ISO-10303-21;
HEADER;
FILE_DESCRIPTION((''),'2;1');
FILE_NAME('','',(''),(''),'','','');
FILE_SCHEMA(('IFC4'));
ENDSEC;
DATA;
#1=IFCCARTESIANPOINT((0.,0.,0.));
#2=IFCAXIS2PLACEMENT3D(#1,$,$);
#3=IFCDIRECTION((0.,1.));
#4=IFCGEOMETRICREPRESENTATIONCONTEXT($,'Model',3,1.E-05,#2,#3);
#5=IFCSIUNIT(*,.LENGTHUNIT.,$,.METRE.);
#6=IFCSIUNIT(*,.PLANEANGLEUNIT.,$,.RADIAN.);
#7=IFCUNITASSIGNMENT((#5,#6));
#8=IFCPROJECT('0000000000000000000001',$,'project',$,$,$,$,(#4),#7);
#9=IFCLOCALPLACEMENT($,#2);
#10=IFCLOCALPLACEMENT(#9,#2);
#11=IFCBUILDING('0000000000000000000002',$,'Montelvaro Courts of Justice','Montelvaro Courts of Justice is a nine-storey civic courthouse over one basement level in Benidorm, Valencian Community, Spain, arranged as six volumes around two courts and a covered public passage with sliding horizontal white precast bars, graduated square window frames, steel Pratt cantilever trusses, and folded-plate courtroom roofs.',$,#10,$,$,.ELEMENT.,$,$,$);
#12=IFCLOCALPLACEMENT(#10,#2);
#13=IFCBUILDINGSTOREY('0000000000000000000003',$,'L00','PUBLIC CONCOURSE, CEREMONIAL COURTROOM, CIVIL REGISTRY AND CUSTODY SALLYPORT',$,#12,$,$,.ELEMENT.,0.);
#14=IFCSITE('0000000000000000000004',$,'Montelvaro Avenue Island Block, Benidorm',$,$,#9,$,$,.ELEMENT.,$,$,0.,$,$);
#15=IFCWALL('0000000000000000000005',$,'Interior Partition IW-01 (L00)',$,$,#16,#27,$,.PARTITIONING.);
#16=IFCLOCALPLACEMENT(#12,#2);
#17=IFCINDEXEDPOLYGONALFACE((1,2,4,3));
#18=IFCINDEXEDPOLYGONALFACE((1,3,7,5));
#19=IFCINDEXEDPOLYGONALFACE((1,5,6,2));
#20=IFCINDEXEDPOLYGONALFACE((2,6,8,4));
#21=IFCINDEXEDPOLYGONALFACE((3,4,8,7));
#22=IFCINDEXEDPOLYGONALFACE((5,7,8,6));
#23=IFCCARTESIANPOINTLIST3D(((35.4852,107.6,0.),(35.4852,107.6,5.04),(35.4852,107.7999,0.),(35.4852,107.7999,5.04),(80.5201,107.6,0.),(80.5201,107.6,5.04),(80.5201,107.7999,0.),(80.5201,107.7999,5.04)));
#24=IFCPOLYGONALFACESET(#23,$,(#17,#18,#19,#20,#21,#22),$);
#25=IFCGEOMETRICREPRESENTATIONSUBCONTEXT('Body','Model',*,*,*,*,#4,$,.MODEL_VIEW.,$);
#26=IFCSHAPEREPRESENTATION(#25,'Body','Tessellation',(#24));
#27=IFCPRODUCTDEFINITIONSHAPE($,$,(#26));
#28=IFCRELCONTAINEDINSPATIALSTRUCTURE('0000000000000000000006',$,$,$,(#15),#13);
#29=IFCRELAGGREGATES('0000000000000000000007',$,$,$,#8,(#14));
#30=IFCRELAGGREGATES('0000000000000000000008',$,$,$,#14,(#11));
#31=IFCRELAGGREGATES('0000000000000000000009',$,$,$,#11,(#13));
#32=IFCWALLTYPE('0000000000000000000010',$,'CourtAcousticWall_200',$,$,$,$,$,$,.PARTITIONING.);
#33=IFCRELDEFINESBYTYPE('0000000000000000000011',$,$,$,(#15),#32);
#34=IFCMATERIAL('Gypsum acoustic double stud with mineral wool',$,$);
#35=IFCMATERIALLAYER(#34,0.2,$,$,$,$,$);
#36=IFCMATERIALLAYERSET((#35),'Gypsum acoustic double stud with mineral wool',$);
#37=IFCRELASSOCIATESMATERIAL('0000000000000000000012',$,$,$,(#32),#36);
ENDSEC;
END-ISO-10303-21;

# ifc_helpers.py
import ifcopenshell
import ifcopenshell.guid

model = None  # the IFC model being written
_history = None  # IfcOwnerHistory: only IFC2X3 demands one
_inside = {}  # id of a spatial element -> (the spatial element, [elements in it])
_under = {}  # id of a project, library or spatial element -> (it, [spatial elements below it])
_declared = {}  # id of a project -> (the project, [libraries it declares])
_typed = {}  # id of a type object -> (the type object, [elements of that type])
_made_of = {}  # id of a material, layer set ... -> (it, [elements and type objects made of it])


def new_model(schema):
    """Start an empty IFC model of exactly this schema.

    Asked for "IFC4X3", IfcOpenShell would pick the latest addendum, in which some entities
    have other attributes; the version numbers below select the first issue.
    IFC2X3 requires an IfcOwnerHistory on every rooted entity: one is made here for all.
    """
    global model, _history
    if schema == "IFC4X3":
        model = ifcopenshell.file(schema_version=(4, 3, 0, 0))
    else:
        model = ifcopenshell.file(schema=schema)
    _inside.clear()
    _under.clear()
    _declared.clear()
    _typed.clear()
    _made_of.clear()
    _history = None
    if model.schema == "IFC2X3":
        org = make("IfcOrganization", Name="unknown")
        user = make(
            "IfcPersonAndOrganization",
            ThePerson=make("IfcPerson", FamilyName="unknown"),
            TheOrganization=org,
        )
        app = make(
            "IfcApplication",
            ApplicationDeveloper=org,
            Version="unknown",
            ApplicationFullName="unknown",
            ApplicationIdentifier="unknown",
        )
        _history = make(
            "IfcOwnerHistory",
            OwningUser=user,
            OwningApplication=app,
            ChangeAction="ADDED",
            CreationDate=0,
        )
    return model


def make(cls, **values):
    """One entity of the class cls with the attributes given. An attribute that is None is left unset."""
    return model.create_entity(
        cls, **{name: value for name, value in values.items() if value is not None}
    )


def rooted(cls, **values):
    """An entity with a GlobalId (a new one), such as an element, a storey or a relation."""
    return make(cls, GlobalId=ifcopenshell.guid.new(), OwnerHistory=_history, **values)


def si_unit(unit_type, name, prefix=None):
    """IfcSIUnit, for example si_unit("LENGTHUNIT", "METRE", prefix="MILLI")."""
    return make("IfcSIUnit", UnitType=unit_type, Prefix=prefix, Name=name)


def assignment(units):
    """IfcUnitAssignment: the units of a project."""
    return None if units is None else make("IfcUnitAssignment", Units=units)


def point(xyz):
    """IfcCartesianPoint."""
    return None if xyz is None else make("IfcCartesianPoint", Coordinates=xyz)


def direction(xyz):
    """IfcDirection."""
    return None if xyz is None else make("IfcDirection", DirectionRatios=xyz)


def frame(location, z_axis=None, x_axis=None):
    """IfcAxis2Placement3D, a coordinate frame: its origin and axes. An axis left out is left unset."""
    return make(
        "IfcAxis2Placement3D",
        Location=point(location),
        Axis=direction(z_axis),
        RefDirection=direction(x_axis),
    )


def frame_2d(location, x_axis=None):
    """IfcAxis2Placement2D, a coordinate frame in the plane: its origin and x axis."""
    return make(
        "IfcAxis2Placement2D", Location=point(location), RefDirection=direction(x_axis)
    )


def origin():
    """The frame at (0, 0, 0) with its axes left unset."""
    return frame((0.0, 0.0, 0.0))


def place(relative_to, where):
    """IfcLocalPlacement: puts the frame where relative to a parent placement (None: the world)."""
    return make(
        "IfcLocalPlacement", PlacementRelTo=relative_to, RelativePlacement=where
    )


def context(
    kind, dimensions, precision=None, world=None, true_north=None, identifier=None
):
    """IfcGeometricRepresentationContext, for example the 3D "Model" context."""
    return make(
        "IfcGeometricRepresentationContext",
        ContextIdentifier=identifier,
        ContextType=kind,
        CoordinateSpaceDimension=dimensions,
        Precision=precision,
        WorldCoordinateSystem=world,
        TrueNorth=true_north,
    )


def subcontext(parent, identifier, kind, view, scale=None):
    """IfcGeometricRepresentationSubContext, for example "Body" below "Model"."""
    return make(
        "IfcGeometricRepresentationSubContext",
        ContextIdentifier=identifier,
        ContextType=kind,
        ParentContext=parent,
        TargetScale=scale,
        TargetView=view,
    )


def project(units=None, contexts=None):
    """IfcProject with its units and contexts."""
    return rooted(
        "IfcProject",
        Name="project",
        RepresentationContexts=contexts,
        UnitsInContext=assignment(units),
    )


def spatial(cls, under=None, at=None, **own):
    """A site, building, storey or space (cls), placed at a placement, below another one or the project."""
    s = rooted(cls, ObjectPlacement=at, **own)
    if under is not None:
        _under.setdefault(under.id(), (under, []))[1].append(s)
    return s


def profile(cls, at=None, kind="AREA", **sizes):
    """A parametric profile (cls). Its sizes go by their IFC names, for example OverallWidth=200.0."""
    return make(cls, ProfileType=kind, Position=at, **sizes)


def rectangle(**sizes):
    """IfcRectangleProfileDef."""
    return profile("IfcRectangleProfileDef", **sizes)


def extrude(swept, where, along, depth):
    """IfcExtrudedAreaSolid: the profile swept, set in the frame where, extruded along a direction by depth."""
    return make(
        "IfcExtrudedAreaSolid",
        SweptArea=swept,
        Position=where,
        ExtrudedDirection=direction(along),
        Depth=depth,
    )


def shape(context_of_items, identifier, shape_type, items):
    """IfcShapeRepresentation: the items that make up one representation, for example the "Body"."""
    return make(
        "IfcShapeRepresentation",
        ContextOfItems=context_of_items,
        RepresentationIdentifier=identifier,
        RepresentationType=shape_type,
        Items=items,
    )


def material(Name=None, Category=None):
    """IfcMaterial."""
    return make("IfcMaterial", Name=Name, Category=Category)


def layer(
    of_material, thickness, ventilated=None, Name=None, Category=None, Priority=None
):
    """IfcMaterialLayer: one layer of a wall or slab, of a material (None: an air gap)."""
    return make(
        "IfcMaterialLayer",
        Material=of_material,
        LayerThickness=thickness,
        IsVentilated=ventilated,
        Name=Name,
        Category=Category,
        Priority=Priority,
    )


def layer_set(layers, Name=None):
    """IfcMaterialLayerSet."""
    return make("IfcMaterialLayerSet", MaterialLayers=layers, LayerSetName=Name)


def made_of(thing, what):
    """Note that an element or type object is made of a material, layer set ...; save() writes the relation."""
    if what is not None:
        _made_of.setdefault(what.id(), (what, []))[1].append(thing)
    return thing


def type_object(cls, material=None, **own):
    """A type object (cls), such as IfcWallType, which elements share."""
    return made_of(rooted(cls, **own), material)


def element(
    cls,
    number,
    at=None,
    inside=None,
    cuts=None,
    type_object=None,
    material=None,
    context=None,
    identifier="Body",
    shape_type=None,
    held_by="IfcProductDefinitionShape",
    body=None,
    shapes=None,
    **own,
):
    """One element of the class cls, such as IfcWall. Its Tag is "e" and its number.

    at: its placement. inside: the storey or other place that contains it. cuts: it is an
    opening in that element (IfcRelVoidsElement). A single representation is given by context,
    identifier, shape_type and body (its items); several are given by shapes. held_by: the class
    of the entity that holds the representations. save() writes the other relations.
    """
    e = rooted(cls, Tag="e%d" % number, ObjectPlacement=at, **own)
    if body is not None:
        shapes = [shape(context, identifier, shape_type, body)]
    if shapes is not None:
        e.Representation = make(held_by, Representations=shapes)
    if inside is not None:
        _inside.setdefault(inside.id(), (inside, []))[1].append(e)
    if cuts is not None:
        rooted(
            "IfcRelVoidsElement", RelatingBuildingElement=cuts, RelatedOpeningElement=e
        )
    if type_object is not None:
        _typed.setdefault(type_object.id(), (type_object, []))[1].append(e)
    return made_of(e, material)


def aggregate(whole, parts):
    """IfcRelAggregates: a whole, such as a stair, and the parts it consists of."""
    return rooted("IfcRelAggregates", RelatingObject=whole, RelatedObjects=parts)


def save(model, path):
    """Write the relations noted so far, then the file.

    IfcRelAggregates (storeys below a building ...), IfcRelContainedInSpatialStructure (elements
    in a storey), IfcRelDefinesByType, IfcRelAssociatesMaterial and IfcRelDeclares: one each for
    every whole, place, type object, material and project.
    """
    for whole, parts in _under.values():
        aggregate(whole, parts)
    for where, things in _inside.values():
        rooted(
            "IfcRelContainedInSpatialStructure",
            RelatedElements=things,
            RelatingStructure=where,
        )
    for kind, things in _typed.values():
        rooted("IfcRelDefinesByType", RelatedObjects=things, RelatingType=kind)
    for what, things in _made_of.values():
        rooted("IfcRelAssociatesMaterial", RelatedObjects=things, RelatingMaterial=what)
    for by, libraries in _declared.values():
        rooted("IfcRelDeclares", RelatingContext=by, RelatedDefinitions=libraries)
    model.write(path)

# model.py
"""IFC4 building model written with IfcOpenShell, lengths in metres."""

from ifc_helpers import new_model, si_unit, direction, frame, frame_2d, origin, place, context, subcontext, project, spatial, rectangle, extrude, material, layer, layer_set, type_object, element, save


model = new_model("IFC4")

# Units and contexts
model_context = context("Model", 3, precision=1e-05, world=origin(), true_north=direction((0.0, 1.0)))
body_context = subcontext(model_context, "Body", "Model", "MODEL_VIEW")
ifc_project = project(units=[si_unit("LENGTHUNIT", "METRE"), si_unit("PLANEANGLEUNIT", "RADIAN")], contexts=[model_context])

# Site, building, storey
site_placement = place(None, origin())
site = spatial("IfcSite", under=ifc_project, at=site_placement, Name="Montelvaro Avenue Island Block, Benidorm", CompositionType="ELEMENT", RefElevation=0.0)
building_placement = place(site_placement, origin())
building = spatial("IfcBuilding", under=site, at=building_placement, Name="Montelvaro Courts of Justice", Description="Montelvaro Courts of Justice is a nine-storey civic courthouse over one basement level in Benidorm, Valencian Community, Spain, arranged as six volumes around two courts and a covered public passage with sliding horizontal white precast bars, graduated square window frames, steel Pratt cantilever trusses, and folded-plate courtroom roofs.", CompositionType="ELEMENT")
storey_placement = place(building_placement, origin())
storey = spatial("IfcBuildingStorey", under=building, at=storey_placement, Name="L00", Description="PUBLIC CONCOURSE, CEREMONIAL COURTROOM, CIVIL REGISTRY AND CUSTODY SALLYPORT", CompositionType="ELEMENT", Elevation=0.0)

# Wall
ifc_material_1 = material(Name="Gypsum acoustic double stud with mineral wool")
ifc_layer_1 = layer(ifc_material_1, 0.2)
ifc_layer_set_1 = layer_set([ifc_layer_1], Name="Gypsum acoustic double stud with mineral wool")
wall_type_1 = type_object("IfcWallType", Name="CourtAcousticWall_200", PredefinedType="PARTITIONING", material=ifc_layer_set_1)
wall_1_placement = place(storey_placement, frame((35.4851, 107.7, 0.0), z_axis=(0.0, 0.0, 1.0), x_axis=(1.0, 0.0, 0.0)))
element("IfcWall", 1, at=wall_1_placement, inside=storey, type_object=wall_type_1, Name="Interior Partition IW-01 (L00)", PredefinedType="PARTITIONING", context=body_context, shape_type="SweptSolid", body=[
    extrude(rectangle(XDim=45.0349, YDim=0.2, at=frame_2d((22.5176, 0.0))), origin(), (0.0, 0.0, 1.0), 5.04),
])

save(model, "model.ifc")
